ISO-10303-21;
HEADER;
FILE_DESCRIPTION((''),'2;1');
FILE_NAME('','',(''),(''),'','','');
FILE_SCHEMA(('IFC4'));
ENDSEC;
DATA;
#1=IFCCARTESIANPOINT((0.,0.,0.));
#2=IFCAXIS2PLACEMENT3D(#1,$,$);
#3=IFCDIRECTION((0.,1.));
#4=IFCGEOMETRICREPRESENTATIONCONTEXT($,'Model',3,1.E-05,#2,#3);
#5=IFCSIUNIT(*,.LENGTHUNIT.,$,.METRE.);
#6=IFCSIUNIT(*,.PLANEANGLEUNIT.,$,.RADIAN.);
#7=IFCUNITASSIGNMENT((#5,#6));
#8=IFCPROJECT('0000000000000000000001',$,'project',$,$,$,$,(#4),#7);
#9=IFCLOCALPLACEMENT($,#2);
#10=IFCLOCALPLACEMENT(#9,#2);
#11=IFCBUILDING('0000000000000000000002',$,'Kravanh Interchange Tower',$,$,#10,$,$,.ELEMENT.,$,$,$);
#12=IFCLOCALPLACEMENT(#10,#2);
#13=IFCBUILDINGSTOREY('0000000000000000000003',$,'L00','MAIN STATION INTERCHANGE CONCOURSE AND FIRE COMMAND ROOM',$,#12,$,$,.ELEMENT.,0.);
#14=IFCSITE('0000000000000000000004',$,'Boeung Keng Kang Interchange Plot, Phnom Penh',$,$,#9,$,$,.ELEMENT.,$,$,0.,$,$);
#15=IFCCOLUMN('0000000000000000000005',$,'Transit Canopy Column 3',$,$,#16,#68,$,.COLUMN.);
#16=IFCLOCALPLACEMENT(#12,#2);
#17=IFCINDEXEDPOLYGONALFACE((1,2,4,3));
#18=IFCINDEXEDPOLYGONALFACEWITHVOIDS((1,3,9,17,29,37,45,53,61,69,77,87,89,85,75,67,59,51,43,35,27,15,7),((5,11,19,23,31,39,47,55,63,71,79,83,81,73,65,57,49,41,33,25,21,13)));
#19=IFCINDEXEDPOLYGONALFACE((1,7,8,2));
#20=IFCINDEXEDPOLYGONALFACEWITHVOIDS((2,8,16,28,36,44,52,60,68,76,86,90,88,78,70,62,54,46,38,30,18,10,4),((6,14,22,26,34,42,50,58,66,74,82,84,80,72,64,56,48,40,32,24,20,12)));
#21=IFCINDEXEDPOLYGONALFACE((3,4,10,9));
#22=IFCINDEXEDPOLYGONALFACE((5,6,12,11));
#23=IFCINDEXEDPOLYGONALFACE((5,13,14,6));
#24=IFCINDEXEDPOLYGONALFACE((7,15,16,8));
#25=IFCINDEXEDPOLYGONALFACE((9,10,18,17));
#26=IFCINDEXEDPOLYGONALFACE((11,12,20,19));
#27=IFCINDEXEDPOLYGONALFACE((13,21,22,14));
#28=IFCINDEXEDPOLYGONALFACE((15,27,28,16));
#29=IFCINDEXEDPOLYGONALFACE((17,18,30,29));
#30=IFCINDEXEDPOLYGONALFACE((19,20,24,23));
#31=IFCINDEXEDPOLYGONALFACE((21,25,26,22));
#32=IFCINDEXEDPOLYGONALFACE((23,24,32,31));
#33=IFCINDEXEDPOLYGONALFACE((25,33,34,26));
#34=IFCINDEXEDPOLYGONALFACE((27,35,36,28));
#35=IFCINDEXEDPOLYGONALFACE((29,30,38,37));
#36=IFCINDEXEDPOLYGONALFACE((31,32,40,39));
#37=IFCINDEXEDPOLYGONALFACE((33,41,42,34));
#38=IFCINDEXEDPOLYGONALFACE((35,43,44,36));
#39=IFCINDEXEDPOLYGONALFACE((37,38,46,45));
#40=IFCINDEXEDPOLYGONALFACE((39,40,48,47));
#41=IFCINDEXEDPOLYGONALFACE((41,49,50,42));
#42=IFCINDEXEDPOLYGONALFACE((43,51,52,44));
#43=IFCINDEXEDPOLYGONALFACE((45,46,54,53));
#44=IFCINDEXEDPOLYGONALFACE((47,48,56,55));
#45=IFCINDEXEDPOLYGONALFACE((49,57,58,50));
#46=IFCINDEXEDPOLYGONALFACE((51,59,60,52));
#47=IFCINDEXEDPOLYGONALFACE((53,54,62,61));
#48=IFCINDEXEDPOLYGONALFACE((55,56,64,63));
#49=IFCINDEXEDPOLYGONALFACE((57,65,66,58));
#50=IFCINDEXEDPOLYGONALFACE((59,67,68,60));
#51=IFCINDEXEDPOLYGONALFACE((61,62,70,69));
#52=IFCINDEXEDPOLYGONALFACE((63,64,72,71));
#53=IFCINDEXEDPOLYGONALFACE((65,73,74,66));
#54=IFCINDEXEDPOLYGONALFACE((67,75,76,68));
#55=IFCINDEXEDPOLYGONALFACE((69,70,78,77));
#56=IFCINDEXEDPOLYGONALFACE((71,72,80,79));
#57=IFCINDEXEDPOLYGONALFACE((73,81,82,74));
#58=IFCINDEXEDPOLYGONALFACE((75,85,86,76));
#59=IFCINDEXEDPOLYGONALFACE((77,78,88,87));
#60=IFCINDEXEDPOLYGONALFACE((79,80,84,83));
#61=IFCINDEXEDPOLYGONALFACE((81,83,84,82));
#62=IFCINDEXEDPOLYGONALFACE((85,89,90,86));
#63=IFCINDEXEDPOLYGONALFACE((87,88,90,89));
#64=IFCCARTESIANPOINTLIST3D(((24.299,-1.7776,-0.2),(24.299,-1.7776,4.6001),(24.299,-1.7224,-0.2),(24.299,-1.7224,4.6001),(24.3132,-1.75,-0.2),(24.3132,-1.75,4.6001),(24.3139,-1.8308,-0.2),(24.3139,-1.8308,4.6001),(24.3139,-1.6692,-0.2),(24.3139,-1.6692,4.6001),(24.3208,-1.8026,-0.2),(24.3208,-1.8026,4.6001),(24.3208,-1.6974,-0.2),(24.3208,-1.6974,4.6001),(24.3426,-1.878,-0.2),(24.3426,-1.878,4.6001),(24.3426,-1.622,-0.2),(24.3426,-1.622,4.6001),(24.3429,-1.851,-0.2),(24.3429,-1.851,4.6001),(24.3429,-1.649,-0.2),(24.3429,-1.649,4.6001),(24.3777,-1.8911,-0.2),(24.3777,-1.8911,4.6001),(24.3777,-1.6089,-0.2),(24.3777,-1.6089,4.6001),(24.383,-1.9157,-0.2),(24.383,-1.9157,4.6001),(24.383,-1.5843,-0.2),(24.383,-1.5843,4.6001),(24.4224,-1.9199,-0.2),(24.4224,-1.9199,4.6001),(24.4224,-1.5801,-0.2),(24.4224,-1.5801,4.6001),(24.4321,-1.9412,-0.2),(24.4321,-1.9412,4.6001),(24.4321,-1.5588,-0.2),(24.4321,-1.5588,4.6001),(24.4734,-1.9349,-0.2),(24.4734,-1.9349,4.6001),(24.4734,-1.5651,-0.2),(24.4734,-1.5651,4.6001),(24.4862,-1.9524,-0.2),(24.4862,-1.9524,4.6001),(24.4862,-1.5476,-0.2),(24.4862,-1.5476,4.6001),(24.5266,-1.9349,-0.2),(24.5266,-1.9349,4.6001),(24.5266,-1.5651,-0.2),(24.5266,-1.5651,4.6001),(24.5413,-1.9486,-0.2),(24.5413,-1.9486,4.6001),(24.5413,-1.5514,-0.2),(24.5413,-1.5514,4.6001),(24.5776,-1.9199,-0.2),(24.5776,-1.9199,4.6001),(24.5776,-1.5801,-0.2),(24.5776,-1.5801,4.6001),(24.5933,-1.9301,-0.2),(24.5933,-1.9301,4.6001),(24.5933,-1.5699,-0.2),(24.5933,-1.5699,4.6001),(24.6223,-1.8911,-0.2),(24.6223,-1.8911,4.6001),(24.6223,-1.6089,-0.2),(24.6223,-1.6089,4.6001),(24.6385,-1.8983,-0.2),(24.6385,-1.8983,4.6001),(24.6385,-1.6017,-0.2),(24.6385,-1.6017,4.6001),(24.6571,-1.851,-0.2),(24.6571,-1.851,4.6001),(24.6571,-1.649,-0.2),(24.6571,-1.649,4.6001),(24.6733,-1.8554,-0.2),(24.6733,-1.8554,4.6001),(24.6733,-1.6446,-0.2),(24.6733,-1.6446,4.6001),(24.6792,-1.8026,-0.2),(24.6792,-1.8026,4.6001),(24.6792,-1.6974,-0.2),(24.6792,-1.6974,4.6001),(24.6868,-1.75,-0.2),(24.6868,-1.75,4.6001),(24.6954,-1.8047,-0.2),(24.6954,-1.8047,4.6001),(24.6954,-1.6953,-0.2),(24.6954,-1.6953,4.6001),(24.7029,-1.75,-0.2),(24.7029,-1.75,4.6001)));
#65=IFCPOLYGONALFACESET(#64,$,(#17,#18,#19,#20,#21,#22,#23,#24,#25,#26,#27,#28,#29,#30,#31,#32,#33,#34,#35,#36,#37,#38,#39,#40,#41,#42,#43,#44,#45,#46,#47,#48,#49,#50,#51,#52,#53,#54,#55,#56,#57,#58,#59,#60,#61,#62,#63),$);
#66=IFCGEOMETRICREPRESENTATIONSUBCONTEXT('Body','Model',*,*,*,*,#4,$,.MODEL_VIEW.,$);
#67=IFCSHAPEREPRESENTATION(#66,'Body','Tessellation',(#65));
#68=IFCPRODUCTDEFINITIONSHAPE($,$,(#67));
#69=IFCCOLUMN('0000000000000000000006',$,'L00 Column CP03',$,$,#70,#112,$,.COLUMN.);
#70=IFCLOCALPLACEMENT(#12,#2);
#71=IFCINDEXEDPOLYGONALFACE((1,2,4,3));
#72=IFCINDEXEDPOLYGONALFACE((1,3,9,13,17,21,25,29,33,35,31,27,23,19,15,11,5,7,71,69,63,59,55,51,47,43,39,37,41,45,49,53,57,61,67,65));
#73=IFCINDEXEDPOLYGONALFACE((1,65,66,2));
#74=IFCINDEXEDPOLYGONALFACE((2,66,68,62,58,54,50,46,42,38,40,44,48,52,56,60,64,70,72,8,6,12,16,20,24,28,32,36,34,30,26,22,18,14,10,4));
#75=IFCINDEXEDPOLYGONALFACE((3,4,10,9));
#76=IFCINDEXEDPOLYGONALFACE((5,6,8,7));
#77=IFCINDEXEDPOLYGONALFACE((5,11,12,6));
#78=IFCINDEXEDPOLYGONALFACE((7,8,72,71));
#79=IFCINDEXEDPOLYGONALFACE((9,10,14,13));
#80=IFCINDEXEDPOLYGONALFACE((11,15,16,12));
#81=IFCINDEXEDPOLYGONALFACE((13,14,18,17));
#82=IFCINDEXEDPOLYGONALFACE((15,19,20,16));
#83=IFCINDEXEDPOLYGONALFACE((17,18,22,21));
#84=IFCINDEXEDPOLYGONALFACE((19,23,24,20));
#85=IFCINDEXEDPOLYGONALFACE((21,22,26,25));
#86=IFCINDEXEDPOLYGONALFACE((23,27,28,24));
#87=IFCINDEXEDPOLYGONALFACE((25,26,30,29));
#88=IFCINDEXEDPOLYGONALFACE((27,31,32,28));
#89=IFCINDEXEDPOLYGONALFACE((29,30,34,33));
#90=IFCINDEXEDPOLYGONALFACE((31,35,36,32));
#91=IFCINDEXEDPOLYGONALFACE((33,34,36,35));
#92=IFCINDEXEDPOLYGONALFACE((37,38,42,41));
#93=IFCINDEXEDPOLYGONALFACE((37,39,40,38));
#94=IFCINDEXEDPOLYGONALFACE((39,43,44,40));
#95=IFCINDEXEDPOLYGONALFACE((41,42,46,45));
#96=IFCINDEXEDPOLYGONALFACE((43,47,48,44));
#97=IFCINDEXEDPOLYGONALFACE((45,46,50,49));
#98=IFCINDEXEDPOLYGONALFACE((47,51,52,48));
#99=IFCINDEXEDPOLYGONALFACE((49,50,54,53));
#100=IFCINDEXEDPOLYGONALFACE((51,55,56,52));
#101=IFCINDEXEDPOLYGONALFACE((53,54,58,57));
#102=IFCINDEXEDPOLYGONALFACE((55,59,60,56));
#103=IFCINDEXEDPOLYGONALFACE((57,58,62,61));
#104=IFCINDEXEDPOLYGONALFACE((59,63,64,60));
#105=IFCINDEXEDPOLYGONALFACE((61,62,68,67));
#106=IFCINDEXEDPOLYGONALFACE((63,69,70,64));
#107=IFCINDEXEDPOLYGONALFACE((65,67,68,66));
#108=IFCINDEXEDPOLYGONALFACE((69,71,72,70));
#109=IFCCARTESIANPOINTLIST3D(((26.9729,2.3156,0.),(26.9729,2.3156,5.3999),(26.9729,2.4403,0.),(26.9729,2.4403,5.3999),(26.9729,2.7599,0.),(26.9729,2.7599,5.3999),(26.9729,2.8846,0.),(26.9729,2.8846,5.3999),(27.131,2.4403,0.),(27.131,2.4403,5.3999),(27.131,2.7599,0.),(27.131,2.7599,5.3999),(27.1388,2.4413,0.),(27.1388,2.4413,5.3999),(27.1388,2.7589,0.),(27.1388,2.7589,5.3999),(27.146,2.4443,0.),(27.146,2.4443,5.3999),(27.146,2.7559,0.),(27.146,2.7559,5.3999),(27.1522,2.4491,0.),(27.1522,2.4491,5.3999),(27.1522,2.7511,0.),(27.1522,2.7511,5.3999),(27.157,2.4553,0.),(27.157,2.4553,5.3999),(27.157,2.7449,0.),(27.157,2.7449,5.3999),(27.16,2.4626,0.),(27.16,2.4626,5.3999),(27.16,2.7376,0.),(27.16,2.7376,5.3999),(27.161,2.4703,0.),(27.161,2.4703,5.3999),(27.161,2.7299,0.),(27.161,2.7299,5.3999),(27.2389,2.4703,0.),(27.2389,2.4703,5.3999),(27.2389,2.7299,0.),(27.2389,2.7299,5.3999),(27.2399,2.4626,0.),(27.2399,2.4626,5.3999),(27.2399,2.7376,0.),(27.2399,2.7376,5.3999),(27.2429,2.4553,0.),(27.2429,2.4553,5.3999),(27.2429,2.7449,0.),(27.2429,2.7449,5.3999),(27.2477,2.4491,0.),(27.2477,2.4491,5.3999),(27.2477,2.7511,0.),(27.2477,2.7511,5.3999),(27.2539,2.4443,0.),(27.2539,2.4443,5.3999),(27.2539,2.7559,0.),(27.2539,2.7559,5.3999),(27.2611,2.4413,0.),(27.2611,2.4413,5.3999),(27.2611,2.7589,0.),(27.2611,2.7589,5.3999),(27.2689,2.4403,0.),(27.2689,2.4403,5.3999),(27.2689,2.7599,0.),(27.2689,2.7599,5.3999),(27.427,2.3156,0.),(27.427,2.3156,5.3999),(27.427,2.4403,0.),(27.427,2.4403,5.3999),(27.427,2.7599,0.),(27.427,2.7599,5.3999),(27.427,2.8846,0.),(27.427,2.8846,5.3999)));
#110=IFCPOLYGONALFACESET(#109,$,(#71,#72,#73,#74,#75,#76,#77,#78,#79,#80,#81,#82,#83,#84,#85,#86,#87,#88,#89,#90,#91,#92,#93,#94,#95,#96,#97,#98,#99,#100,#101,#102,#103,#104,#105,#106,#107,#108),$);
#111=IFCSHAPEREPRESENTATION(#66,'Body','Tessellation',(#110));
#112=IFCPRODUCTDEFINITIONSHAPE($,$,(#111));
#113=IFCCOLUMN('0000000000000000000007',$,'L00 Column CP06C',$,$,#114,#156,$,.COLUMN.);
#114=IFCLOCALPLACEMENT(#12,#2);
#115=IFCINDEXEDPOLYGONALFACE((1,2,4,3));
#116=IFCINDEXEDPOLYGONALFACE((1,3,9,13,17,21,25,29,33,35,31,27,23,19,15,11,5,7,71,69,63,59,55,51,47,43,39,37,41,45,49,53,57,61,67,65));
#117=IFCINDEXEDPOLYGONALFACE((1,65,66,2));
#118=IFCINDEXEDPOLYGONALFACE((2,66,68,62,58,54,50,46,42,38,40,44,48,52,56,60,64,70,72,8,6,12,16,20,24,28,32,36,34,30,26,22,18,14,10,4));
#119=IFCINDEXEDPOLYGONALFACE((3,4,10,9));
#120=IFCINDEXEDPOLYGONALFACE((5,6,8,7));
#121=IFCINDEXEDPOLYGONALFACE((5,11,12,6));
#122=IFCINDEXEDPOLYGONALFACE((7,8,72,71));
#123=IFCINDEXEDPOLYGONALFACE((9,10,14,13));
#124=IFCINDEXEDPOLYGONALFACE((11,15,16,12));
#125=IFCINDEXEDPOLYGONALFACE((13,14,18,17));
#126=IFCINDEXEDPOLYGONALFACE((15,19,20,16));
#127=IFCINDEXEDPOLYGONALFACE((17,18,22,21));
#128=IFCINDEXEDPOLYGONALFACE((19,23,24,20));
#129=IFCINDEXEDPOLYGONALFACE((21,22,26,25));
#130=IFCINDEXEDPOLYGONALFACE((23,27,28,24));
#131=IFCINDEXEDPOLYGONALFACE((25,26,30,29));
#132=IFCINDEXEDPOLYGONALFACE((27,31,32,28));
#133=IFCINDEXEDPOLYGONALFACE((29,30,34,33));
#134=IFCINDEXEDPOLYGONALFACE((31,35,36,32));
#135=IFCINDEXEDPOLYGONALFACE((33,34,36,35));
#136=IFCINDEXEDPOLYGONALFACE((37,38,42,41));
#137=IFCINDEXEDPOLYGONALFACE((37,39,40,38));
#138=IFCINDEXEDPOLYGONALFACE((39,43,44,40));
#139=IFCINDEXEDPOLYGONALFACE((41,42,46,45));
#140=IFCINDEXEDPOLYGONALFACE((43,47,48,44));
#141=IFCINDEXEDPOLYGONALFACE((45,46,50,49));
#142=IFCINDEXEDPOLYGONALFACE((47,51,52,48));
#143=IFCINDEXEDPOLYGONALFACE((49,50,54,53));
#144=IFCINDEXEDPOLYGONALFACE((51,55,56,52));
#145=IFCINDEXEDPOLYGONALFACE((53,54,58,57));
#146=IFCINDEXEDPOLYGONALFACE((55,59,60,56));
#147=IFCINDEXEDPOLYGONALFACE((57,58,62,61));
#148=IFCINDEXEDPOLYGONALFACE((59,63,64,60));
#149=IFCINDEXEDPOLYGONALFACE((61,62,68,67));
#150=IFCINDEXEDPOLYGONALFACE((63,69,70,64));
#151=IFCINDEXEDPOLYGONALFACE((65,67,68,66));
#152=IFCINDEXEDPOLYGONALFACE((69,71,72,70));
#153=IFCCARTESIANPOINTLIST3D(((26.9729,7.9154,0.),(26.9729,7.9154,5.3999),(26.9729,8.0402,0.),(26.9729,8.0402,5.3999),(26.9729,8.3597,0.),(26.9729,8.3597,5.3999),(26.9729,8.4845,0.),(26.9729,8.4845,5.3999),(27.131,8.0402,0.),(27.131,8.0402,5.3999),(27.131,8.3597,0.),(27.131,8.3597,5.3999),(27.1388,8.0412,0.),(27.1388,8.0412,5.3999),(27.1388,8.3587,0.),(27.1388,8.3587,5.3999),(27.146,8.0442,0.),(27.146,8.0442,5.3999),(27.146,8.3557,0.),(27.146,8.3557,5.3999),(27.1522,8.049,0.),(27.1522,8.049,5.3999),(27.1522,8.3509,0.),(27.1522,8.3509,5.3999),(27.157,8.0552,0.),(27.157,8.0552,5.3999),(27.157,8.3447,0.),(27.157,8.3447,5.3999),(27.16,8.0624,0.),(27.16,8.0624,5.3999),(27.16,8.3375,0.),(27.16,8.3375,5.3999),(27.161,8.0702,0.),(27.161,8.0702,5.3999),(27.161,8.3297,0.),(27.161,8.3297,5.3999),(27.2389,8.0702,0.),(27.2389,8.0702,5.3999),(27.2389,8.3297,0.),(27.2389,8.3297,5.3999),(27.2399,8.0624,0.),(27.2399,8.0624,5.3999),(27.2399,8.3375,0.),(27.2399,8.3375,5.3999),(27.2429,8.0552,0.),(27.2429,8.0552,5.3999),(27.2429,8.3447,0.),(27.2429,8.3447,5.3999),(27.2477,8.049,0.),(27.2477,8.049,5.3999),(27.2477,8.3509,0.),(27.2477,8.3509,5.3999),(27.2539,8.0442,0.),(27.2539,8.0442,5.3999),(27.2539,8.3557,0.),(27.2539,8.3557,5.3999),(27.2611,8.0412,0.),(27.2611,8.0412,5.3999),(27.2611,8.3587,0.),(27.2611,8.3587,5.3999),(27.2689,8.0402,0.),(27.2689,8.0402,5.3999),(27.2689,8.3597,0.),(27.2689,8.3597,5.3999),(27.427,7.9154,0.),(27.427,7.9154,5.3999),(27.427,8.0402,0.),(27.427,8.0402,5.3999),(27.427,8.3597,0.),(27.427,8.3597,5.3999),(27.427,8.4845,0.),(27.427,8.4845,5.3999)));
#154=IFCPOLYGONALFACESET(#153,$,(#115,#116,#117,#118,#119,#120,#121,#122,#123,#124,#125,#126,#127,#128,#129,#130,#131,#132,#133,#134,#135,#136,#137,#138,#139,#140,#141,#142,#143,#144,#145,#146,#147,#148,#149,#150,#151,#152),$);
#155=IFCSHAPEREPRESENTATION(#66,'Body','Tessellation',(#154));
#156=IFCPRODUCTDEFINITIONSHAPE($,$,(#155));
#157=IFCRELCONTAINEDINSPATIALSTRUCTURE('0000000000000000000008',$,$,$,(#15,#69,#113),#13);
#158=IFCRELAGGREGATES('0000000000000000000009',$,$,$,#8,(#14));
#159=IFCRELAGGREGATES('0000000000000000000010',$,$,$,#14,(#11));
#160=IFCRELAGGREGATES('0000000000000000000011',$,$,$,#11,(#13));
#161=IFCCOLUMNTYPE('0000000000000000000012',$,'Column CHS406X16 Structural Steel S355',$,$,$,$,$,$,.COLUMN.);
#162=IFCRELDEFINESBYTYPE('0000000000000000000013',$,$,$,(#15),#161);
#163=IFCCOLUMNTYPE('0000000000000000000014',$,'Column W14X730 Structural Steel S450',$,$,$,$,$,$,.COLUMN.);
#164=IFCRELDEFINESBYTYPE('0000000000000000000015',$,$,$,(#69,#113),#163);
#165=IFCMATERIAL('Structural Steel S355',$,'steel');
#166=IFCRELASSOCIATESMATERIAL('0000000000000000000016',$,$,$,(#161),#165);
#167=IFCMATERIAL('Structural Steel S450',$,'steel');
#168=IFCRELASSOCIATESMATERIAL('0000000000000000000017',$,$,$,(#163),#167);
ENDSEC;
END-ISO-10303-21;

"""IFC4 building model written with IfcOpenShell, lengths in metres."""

from ifc_helpers import new_model, si_unit, direction, frame, origin, origin_2d, place, context, subcontext, project, spatial, hollow_circle, i_section, extrude, material, material_profile, profile_set, type_object, element, save


model = new_model("IFC4")

# Units and contexts
model_context = context("Model", 3, precision=1e-05, world=origin(), true_north=direction((0.0, 1.0)))
body_context = subcontext(model_context, "Body", "Model", "MODEL_VIEW")
ifc_project = project(units=[si_unit("LENGTHUNIT", "METRE"), si_unit("PLANEANGLEUNIT", "RADIAN")], contexts=[model_context])

# Site, building, storey
site_placement = place(None, origin())
site = spatial("IfcSite", under=ifc_project, at=site_placement, Name="Boeung Keng Kang Interchange Plot, Phnom Penh", CompositionType="ELEMENT", RefElevation=0.0)
building_placement = place(site_placement, origin())
building = spatial("IfcBuilding", under=site, at=building_placement, Name="Kravanh Interchange Tower", CompositionType="ELEMENT")
storey_placement = place(building_placement, origin())
storey = spatial("IfcBuildingStorey", under=building, at=storey_placement, Name="L00", Description="MAIN STATION INTERCHANGE CONCOURSE AND FIRE COMMAND ROOM", CompositionType="ELEMENT", Elevation=0.0)

# Columns
ifc_material_1 = material(Name="Structural Steel S355", Category="steel")
ifc_material_profile_1 = material_profile(ifc_material_1, hollow_circle(Radius=0.2029, WallThickness=0.0161, at=origin_2d()), Name="CHS406X16")
ifc_profile_set_1 = profile_set([ifc_material_profile_1], Name="Structural Steel S355")
column_type_1 = type_object("IfcColumnType", Name="Column CHS406X16 Structural Steel S355", PredefinedType="COLUMN", material=ifc_profile_set_1)
column_placement = place(storey_placement, frame((24.5, -1.75, -0.2), z_axis=(0.0, 0.0, 1.0), x_axis=(1.0, 0.0, 0.0)))
element("IfcColumn", 1, at=column_placement, inside=storey, type_object=column_type_1, Name="Transit Canopy Column 3", PredefinedType="COLUMN", context=body_context, shape_type="SweptSolid", body=[
    extrude(hollow_circle(Radius=0.2029, WallThickness=0.0161, at=origin_2d()), origin(), (0.0, 0.0, 1.0), 4.8),
])
ifc_material_2 = material(Name="Structural Steel S450", Category="steel")
ifc_material_profile_2 = material_profile(ifc_material_2, i_section(OverallWidth=0.4541, OverallDepth=0.5691, WebThickness=0.0779, FlangeThickness=0.1248, FilletRadius=0.03, at=origin_2d()), Name="W14X730")
ifc_profile_set_2 = profile_set([ifc_material_profile_2], Name="Structural Steel S450")
column_type_2 = type_object("IfcColumnType", Name="Column W14X730 Structural Steel S450", PredefinedType="COLUMN", material=ifc_profile_set_2)
for number, where, z_axis, x_axis, name in (
    (2, (27.2, 2.6001, 0.0), (0.0, 0.0, 1.0), (1.0, 0.0, 0.0), "L00 Column CP03"),
    (3, (27.2, 8.2, 0.0), (0.0, 0.0, 1.0), (1.0, 0.0, 0.0), "L00 Column CP06C"),
):
    element("IfcColumn", number, at=place(storey_placement, frame(where, z_axis=z_axis, x_axis=x_axis)), inside=storey, type_object=column_type_2, Name=name, PredefinedType="COLUMN", context=body_context, shape_type="SweptSolid", body=[
        extrude(i_section(OverallWidth=0.4541, OverallDepth=0.5691, WebThickness=0.0779, FlangeThickness=0.1248, FilletRadius=0.03, at=origin_2d()), origin(), (0.0, 0.0, 1.0), 5.3999),
    ])

save(model, "model.ifc")
